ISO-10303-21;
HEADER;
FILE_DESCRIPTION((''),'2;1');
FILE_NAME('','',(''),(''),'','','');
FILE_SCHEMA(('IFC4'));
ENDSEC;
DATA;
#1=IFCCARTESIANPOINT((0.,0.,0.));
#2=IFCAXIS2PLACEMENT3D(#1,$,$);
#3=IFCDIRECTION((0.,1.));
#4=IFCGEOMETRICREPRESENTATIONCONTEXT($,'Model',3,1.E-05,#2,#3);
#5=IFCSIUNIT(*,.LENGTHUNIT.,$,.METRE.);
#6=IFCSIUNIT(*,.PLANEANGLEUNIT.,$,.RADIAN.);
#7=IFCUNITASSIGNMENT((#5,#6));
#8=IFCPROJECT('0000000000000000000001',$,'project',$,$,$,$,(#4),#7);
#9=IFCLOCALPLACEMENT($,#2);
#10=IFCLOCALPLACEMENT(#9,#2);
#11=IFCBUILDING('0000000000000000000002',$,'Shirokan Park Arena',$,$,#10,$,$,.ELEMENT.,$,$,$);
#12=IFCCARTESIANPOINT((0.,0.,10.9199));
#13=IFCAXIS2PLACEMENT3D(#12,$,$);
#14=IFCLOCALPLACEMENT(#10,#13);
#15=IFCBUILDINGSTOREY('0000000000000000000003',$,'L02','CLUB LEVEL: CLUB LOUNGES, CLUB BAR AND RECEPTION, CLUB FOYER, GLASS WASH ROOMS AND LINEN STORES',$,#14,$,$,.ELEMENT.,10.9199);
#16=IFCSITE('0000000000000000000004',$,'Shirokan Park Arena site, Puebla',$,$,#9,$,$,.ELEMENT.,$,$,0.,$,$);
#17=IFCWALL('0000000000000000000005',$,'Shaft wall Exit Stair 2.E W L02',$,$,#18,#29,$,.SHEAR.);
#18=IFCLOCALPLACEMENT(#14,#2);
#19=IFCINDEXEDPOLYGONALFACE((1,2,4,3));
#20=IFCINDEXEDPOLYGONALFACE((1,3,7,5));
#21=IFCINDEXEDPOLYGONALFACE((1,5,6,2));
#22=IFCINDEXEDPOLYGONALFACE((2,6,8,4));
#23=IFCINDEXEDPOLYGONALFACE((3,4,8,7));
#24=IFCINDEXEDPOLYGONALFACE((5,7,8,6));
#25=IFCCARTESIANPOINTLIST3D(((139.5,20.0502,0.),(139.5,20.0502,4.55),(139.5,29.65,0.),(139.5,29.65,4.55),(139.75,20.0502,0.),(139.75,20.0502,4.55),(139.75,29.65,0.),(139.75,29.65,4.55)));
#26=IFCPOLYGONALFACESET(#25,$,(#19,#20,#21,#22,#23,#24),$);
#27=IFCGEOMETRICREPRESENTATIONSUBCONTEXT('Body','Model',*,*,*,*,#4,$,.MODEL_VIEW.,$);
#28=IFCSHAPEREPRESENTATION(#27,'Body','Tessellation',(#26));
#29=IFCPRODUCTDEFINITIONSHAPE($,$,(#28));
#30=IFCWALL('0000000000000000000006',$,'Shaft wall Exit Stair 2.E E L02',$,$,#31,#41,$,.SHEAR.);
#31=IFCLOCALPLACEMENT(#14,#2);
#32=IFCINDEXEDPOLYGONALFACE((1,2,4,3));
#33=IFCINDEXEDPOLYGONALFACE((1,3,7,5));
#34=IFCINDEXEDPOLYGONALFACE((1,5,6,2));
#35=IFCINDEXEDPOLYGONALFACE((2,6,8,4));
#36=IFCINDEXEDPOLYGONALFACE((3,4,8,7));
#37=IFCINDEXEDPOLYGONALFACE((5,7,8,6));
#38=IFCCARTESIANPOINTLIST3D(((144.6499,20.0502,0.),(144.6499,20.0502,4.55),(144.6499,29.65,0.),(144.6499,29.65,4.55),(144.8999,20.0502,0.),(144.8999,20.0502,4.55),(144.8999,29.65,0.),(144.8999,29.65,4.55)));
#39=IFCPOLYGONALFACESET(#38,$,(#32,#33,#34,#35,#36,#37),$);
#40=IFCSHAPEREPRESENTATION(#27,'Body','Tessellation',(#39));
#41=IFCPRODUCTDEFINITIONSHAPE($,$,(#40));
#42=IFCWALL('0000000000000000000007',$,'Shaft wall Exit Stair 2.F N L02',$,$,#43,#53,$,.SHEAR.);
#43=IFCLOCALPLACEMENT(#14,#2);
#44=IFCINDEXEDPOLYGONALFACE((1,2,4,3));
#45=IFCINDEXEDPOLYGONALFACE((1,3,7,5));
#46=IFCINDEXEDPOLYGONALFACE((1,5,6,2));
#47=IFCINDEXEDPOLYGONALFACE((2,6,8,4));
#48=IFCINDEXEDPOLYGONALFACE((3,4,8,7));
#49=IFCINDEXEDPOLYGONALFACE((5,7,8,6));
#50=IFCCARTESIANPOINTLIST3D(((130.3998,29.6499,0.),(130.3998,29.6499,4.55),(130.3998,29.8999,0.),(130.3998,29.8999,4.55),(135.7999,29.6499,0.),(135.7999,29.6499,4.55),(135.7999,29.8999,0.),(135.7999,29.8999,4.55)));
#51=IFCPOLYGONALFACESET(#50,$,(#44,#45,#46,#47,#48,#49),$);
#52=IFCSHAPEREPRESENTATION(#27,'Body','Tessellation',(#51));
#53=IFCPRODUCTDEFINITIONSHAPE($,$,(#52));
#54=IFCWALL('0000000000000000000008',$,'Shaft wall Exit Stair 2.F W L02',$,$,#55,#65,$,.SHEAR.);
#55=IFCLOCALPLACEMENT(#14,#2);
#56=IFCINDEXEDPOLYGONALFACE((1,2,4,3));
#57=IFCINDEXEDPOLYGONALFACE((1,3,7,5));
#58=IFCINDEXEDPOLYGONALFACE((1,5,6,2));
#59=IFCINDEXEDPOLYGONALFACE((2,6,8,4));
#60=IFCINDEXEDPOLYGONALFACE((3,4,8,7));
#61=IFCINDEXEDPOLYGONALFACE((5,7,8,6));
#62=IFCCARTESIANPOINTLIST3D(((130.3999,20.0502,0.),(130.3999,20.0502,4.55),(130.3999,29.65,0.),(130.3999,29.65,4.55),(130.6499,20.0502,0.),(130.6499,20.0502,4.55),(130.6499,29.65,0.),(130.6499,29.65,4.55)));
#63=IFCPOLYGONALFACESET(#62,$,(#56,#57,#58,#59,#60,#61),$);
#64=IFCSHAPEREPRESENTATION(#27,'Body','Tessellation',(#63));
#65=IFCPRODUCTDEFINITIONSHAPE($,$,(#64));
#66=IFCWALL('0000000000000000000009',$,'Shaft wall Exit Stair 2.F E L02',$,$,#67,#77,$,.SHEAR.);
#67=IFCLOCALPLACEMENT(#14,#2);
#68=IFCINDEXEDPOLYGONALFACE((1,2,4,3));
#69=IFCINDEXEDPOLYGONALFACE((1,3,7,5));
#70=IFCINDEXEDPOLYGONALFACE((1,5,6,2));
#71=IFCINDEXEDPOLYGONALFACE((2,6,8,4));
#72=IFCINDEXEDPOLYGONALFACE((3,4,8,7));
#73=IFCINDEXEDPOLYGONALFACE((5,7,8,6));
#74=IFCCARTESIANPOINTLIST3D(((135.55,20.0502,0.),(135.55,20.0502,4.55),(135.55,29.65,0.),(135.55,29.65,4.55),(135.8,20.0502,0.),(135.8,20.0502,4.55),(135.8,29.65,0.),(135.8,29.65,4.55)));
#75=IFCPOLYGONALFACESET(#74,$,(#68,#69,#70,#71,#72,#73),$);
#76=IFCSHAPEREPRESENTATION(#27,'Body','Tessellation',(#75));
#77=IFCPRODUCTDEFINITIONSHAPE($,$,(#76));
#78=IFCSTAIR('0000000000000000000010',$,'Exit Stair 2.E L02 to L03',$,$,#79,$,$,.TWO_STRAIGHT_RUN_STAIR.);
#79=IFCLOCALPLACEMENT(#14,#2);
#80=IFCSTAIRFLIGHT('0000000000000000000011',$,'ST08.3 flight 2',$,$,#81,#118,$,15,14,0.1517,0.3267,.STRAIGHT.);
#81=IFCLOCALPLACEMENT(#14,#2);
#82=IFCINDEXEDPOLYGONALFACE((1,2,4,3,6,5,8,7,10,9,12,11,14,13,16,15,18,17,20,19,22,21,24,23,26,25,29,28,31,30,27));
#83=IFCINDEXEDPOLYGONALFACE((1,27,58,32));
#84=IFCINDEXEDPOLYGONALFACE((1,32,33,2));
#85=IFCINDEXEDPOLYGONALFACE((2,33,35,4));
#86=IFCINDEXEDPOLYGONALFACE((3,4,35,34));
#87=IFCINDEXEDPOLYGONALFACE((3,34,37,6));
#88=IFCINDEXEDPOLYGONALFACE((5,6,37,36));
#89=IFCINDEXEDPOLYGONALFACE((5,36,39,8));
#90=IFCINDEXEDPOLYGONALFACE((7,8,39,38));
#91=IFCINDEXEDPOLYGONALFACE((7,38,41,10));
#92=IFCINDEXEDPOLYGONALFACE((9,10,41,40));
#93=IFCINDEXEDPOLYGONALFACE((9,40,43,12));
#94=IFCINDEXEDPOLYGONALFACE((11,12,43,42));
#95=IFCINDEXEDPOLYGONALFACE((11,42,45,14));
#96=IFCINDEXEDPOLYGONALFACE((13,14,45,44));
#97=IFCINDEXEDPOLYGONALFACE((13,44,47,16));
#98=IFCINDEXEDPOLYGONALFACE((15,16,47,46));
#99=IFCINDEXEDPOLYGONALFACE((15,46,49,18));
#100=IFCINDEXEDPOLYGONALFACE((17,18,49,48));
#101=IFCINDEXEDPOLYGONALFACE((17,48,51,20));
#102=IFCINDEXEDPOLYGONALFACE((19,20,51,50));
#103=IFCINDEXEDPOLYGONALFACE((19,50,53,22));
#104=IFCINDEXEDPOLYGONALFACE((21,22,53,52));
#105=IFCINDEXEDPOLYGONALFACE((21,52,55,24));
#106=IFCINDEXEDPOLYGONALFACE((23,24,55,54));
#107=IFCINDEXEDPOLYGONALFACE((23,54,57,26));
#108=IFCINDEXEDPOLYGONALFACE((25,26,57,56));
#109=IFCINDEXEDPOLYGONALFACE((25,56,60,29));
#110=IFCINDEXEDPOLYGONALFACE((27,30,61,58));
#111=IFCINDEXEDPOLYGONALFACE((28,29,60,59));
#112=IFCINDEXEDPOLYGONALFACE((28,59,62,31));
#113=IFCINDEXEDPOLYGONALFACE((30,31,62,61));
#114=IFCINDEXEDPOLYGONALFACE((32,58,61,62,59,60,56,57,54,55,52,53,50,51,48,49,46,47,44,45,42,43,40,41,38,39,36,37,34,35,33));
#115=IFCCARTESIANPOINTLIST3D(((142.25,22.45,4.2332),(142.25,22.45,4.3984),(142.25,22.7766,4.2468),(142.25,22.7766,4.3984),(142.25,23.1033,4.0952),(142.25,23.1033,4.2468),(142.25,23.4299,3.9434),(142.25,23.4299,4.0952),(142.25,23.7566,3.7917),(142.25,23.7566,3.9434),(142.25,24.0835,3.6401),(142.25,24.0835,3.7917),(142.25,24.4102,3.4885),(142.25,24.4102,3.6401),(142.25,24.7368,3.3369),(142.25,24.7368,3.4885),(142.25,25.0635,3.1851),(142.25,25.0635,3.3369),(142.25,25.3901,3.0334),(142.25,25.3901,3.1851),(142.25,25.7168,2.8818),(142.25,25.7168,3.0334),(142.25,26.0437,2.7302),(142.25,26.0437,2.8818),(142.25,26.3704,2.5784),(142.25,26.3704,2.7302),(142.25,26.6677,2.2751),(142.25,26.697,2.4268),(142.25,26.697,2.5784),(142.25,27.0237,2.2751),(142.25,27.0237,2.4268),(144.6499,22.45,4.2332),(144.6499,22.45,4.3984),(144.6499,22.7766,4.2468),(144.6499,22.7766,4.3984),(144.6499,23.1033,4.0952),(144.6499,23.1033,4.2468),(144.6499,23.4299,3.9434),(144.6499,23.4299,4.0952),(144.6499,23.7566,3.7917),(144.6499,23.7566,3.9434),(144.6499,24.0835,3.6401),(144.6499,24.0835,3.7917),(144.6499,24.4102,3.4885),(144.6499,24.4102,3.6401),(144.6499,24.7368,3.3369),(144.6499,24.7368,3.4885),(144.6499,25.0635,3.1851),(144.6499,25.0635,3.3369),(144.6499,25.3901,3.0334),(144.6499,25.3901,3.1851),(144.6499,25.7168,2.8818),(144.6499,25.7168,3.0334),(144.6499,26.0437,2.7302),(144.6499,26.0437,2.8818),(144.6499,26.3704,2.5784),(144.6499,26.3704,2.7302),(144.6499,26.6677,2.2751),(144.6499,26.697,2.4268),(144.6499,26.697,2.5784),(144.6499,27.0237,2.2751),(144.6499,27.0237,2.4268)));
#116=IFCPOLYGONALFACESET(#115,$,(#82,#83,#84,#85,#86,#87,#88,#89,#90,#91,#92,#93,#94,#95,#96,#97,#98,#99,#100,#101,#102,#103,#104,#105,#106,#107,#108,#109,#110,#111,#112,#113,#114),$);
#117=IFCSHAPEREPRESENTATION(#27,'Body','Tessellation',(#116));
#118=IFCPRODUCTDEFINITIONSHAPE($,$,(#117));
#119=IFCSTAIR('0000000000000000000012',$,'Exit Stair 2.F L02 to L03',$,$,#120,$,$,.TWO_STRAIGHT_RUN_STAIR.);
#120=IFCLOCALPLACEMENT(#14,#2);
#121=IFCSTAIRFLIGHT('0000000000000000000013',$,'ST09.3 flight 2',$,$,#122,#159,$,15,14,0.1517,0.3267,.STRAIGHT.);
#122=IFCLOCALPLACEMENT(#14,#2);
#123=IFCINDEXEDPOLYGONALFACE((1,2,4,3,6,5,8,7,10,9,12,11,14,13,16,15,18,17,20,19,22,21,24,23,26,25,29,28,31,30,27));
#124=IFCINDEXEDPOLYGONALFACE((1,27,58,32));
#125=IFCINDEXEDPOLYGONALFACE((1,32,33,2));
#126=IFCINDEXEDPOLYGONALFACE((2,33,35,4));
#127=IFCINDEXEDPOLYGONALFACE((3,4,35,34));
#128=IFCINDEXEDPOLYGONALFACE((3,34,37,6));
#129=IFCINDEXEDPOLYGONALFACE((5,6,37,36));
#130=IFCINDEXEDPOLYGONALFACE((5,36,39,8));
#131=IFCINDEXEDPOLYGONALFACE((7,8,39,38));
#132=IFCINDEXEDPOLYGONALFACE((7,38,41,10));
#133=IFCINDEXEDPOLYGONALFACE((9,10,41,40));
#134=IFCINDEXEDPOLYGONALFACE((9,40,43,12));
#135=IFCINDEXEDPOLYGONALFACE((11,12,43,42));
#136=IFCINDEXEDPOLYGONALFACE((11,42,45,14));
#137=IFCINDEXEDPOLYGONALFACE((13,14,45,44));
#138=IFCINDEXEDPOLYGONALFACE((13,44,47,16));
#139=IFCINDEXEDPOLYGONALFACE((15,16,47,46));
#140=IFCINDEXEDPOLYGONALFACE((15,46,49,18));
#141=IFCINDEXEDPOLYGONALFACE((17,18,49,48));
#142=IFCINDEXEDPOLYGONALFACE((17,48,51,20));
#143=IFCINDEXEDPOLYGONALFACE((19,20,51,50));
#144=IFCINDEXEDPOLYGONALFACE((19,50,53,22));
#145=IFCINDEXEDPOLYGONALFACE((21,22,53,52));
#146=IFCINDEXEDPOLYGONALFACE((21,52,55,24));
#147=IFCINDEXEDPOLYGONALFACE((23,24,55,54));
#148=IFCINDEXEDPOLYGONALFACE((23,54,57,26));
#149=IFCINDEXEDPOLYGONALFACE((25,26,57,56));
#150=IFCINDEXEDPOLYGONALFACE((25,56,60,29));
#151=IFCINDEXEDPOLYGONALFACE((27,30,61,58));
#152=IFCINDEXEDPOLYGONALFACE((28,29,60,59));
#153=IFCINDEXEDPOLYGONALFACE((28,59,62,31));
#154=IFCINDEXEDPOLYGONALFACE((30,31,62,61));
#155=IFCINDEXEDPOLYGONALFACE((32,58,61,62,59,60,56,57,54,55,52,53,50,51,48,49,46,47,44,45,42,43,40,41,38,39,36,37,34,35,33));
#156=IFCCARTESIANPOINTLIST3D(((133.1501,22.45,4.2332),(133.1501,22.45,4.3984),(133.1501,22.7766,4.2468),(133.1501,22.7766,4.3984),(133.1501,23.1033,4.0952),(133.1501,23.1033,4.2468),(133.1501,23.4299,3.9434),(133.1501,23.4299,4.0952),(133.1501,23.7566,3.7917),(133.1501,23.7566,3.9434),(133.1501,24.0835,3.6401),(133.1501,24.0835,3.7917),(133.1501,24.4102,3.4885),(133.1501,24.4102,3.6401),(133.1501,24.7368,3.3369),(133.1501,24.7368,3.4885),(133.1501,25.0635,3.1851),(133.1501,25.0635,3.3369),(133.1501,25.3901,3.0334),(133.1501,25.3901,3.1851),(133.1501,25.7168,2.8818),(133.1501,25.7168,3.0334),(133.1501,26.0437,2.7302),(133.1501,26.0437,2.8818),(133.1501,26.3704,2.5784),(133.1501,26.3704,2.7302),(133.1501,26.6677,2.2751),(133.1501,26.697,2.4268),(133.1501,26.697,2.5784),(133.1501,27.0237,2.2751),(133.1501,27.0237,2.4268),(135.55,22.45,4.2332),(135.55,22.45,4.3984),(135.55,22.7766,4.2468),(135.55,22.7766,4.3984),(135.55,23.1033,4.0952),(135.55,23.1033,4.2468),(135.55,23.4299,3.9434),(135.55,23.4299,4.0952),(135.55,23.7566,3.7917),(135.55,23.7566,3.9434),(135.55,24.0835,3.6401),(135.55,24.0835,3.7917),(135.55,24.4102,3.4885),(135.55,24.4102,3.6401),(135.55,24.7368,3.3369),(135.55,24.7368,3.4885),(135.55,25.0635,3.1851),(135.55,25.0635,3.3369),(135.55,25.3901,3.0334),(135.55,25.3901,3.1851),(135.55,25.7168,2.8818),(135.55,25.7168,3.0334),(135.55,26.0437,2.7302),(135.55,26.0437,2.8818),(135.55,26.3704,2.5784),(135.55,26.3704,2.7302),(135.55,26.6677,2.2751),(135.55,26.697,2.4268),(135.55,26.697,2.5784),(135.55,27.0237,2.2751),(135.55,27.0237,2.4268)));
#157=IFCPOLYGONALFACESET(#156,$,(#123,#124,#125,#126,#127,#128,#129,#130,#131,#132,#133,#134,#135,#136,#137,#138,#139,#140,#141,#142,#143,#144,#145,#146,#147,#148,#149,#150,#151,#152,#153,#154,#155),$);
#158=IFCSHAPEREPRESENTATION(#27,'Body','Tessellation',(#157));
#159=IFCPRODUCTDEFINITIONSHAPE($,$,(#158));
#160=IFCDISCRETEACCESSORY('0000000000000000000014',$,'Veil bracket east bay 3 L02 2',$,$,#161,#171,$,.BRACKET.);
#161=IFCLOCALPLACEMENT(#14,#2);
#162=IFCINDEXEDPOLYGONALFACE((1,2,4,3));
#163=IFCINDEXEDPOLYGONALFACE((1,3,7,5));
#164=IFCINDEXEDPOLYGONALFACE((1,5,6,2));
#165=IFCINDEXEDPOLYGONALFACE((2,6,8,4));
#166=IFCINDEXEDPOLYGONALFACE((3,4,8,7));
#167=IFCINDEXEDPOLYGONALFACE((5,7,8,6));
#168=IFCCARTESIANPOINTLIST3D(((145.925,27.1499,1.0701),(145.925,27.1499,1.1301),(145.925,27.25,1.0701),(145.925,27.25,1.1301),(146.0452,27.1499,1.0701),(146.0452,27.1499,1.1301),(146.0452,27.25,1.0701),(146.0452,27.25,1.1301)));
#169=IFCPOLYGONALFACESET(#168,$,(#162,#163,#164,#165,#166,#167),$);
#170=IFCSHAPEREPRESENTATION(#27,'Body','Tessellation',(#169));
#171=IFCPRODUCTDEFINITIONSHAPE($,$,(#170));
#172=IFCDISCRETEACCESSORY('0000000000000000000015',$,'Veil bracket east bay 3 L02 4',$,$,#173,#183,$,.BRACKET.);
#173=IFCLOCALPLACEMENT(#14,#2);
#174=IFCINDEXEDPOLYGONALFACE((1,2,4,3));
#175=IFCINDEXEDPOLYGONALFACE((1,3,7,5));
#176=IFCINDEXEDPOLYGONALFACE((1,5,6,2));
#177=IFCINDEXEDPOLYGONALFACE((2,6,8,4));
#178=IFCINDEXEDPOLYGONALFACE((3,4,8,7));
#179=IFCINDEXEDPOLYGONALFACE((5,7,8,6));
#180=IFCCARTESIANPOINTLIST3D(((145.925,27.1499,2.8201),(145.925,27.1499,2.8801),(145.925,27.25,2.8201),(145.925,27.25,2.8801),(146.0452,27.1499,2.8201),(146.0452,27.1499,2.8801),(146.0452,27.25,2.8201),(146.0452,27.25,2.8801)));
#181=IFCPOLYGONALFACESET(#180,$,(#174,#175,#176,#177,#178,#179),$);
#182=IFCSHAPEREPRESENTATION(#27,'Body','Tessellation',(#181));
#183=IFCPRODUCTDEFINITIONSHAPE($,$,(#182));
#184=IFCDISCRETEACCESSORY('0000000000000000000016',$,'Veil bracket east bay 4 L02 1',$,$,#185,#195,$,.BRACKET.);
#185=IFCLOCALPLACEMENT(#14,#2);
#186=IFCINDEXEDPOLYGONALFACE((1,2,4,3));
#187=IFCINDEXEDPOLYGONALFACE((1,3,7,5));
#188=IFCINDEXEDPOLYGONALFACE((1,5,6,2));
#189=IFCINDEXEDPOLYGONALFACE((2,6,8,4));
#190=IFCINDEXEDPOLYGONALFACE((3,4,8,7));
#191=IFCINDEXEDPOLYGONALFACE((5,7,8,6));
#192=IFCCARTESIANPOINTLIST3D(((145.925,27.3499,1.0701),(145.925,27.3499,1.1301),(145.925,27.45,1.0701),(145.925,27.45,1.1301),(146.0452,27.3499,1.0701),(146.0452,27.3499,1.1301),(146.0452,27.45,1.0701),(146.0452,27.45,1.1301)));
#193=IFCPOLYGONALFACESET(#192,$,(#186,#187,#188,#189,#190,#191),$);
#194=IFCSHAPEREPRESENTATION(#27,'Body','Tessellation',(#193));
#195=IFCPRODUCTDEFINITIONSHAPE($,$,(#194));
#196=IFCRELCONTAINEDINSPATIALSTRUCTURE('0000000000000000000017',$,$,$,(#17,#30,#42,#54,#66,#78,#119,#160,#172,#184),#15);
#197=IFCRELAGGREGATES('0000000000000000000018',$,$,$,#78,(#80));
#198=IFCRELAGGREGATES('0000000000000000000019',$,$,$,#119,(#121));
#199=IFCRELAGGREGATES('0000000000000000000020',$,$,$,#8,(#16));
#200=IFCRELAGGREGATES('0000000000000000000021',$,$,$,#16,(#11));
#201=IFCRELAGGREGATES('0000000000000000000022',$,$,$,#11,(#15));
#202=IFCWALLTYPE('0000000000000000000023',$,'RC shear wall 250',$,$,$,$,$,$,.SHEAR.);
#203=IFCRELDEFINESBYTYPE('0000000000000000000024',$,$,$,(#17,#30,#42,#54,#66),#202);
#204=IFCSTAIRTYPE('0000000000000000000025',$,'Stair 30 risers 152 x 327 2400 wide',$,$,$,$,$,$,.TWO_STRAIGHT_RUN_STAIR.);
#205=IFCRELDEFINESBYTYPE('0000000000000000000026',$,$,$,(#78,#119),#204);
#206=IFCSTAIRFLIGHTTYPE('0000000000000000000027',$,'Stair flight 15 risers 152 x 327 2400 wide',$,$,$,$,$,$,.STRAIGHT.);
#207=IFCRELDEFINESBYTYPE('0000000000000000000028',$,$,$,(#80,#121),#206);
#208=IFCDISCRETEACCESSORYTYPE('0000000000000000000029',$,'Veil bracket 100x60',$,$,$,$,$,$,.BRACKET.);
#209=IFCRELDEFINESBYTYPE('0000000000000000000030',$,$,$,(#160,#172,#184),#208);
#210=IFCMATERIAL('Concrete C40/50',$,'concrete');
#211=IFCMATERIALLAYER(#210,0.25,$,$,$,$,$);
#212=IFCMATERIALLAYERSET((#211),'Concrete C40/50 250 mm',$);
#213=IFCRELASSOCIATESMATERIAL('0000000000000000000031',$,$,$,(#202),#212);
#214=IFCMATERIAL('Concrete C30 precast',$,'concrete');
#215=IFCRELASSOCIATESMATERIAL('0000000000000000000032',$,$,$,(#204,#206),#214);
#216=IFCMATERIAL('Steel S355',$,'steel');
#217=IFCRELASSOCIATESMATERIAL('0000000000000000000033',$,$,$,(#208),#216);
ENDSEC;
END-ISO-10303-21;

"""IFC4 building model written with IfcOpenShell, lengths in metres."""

from ifc_helpers import new_model, si_unit, direction, frame, frame_2d, origin, origin_2d, place, context, subcontext, project, spatial, polyline, rectangle, outline, extrude, material, layer, layer_set, type_object, element, aggregate, save


model = new_model("IFC4")

# Units and contexts
model_context = context("Model", 3, precision=1e-05, world=origin(), true_north=direction((0.0, 1.0)))
body_context = subcontext(model_context, "Body", "Model", "MODEL_VIEW")
ifc_project = project(units=[si_unit("LENGTHUNIT", "METRE"), si_unit("PLANEANGLEUNIT", "RADIAN")], contexts=[model_context])

# Site, building, storey
site_placement = place(None, origin())
site = spatial("IfcSite", under=ifc_project, at=site_placement, Name="Shirokan Park Arena site, Puebla", CompositionType="ELEMENT", RefElevation=0.0)
building_placement = place(site_placement, origin())
building = spatial("IfcBuilding", under=site, at=building_placement, Name="Shirokan Park Arena", CompositionType="ELEMENT")
storey_placement = place(building_placement, frame((0.0, 0.0, 10.9199)))
storey = spatial("IfcBuildingStorey", under=building, at=storey_placement, Name="L02", Description="CLUB LEVEL: CLUB LOUNGES, CLUB BAR AND RECEPTION, CLUB FOYER, GLASS WASH ROOMS AND LINEN STORES", CompositionType="ELEMENT", Elevation=10.9199)

# Walls
ifc_material_1 = material(Name="Concrete C40/50", Category="concrete")
ifc_layer_1 = layer(ifc_material_1, 0.25)
ifc_layer_set_1 = layer_set([ifc_layer_1], Name="Concrete C40/50 250 mm")
wall_type_1 = type_object("IfcWallType", Name="RC shear wall 250", PredefinedType="SHEAR", material=ifc_layer_set_1)
for number, where, z_axis, x_axis, name in (
    (1, (139.625, 29.6499, 0.0), (0.0, 0.0, 1.0), (0.0, -1.0, 0.0), "Shaft wall Exit Stair 2.E W L02"),
    (2, (144.7749, 29.6499, 0.0), (0.0, 0.0, 1.0), (0.0, -1.0, 0.0), "Shaft wall Exit Stair 2.E E L02"),
):
    element("IfcWall", number, at=place(storey_placement, frame(where, z_axis=z_axis, x_axis=x_axis)), inside=storey, type_object=wall_type_1, Name=name, PredefinedType="SHEAR", context=body_context, shape_type="SweptSolid", body=[
        extrude(rectangle(XDim=9.5999, YDim=0.25, at=frame_2d((4.7998, 0.0))), origin(), (0.0, 0.0, 1.0), 4.55),
    ])
wall_1_placement = place(storey_placement, frame((135.8, 29.7749, 0.0), z_axis=(0.0, 0.0, 1.0), x_axis=(-1.0, 0.0, 0.0)))
element("IfcWall", 3, at=wall_1_placement, inside=storey, type_object=wall_type_1, Name="Shaft wall Exit Stair 2.F N L02", PredefinedType="SHEAR", context=body_context, shape_type="SweptSolid", body=[
    extrude(rectangle(XDim=5.4001, YDim=0.25, at=frame_2d((2.7002, 0.0))), origin(), (0.0, 0.0, 1.0), 4.55),
])
for number, where, z_axis, x_axis, name in (
    (4, (130.5249, 29.6499, 0.0), (0.0, 0.0, 1.0), (0.0, -1.0, 0.0), "Shaft wall Exit Stair 2.F W L02"),
    (5, (135.675, 29.6499, 0.0), (0.0, 0.0, 1.0), (0.0, -1.0, 0.0), "Shaft wall Exit Stair 2.F E L02"),
):
    element("IfcWall", number, at=place(storey_placement, frame(where, z_axis=z_axis, x_axis=x_axis)), inside=storey, type_object=wall_type_1, Name=name, PredefinedType="SHEAR", context=body_context, shape_type="SweptSolid", body=[
        extrude(rectangle(XDim=9.5999, YDim=0.25, at=frame_2d((4.7998, 0.0))), origin(), (0.0, 0.0, 1.0), 4.55),
    ])

# Stairs, stair flights
ifc_material_2 = material(Name="Concrete C30 precast", Category="concrete")
stair_type = type_object("IfcStairType", Name="Stair 30 risers 152 x 327 2400 wide", PredefinedType="TWO_STRAIGHT_RUN_STAIR", material=ifc_material_2)
stair_1_placement = place(storey_placement, origin())
stair_1 = element("IfcStair", 6, at=stair_1_placement, inside=storey, type_object=stair_type, Name="Exit Stair 2.E L02 to L03", PredefinedType="TWO_STRAIGHT_RUN_STAIR")
stair_flight_type = type_object("IfcStairFlightType", Name="Stair flight 15 risers 152 x 327 2400 wide", PredefinedType="STRAIGHT", material=ifc_material_2)
stair_flight_1_placement = place(storey_placement, frame((143.45, 27.0237, 2.2751), z_axis=(0.0, 0.0, 1.0), x_axis=(0.0, -1.0, 0.0)))
stair_flight_1 = element("IfcStairFlight", 7, at=stair_flight_1_placement, type_object=stair_flight_type, Name="ST08.3 flight 2", NumberOfRisers=15, NumberOfTreads=14, PredefinedType="STRAIGHT", RiserHeight=0.1517, TreadLength=0.3267, context=body_context, shape_type="SweptSolid", body=[
    extrude(outline(polyline([(0.0, 0.0), (0.0, 0.1516), (0.3267, 0.1516), (0.3267, 0.3032), (0.6533, 0.3032), (0.6533, 0.4551), (0.98, 0.4551), (0.98, 0.6067), (1.3069, 0.6067), (1.3069, 0.7583), (1.6335, 0.7583), (1.6335, 0.9099), (1.9602, 0.9099), (1.9602, 1.0618), (2.2869, 1.0618), (2.2869, 1.2134), (2.6135, 1.2134), (2.6135, 1.365), (2.9402, 1.365), (2.9402, 1.5166), (3.2671, 1.5166), (3.2671, 1.6682), (3.5938, 1.6682), (3.5938, 1.8201), (3.9204, 1.8201), (3.9204, 1.9717), (4.2471, 1.9717), (4.2471, 2.1233), (4.5737, 2.1233), (4.5737, 2.2749), (4.5737, 1.958), (0.356, 0.0), (0.0, 0.0)])), frame((0.0, 1.2, 0.0), z_axis=(0.0, -1.0, 0.0), x_axis=(1.0, 0.0, 0.0)), (0.0, 0.0, 1.0), 2.3999),
])
aggregate(stair_1, [stair_flight_1])
stair_2_placement = place(storey_placement, origin())
stair_2 = element("IfcStair", 8, at=stair_2_placement, inside=storey, type_object=stair_type, Name="Exit Stair 2.F L02 to L03", PredefinedType="TWO_STRAIGHT_RUN_STAIR")
stair_flight_2_placement = place(storey_placement, frame((134.3501, 27.0237, 2.2751), z_axis=(0.0, 0.0, 1.0), x_axis=(0.0, -1.0, 0.0)))
stair_flight_2 = element("IfcStairFlight", 9, at=stair_flight_2_placement, type_object=stair_flight_type, Name="ST09.3 flight 2", NumberOfRisers=15, NumberOfTreads=14, PredefinedType="STRAIGHT", RiserHeight=0.1517, TreadLength=0.3267, context=body_context, shape_type="SweptSolid", body=[
    extrude(outline(polyline([(0.0, 0.0), (0.0, 0.1516), (0.3267, 0.1516), (0.3267, 0.3032), (0.6533, 0.3032), (0.6533, 0.4551), (0.98, 0.4551), (0.98, 0.6067), (1.3069, 0.6067), (1.3069, 0.7583), (1.6335, 0.7583), (1.6335, 0.9099), (1.9602, 0.9099), (1.9602, 1.0618), (2.2869, 1.0618), (2.2869, 1.2134), (2.6135, 1.2134), (2.6135, 1.365), (2.9402, 1.365), (2.9402, 1.5166), (3.2671, 1.5166), (3.2671, 1.6682), (3.5938, 1.6682), (3.5938, 1.8201), (3.9204, 1.8201), (3.9204, 1.9717), (4.2471, 1.9717), (4.2471, 2.1233), (4.5737, 2.1233), (4.5737, 2.2749), (4.5737, 1.958), (0.356, 0.0), (0.0, 0.0)])), frame((0.0, 1.2, 0.0), z_axis=(0.0, -1.0, 0.0), x_axis=(1.0, 0.0, 0.0)), (0.0, 0.0, 1.0), 2.3999),
])
aggregate(stair_2, [stair_flight_2])

# Discrete accessories
ifc_material_3 = material(Name="Steel S355", Category="steel")
discrete_accessory_type = type_object("IfcDiscreteAccessoryType", Name="Veil bracket 100x60", PredefinedType="BRACKET", material=ifc_material_3)
for number, where, z_axis, x_axis, name in (
    (10, (145.9851, 27.2, 1.0701), (0.0, 0.0, 1.0), (0.0, 1.0, 0.0), "Veil bracket east bay 3 L02 2"),
    (11, (145.9851, 27.2, 2.8201), (0.0, 0.0, 1.0), (0.0, 1.0, 0.0), "Veil bracket east bay 3 L02 4"),
    (12, (145.9851, 27.3999, 1.0701), (0.0, 0.0, 1.0), (0.0, 1.0, 0.0), "Veil bracket east bay 4 L02 1"),
):
    element("IfcDiscreteAccessory", number, at=place(storey_placement, frame(where, z_axis=z_axis, x_axis=x_axis)), inside=storey, type_object=discrete_accessory_type, Name=name, PredefinedType="BRACKET", context=body_context, shape_type="SweptSolid", body=[
        extrude(rectangle(XDim=0.1001, YDim=0.1201, at=origin_2d()), origin(), (0.0, 0.0, 1.0), 0.0601),
    ])

save(model, "model.ifc")
